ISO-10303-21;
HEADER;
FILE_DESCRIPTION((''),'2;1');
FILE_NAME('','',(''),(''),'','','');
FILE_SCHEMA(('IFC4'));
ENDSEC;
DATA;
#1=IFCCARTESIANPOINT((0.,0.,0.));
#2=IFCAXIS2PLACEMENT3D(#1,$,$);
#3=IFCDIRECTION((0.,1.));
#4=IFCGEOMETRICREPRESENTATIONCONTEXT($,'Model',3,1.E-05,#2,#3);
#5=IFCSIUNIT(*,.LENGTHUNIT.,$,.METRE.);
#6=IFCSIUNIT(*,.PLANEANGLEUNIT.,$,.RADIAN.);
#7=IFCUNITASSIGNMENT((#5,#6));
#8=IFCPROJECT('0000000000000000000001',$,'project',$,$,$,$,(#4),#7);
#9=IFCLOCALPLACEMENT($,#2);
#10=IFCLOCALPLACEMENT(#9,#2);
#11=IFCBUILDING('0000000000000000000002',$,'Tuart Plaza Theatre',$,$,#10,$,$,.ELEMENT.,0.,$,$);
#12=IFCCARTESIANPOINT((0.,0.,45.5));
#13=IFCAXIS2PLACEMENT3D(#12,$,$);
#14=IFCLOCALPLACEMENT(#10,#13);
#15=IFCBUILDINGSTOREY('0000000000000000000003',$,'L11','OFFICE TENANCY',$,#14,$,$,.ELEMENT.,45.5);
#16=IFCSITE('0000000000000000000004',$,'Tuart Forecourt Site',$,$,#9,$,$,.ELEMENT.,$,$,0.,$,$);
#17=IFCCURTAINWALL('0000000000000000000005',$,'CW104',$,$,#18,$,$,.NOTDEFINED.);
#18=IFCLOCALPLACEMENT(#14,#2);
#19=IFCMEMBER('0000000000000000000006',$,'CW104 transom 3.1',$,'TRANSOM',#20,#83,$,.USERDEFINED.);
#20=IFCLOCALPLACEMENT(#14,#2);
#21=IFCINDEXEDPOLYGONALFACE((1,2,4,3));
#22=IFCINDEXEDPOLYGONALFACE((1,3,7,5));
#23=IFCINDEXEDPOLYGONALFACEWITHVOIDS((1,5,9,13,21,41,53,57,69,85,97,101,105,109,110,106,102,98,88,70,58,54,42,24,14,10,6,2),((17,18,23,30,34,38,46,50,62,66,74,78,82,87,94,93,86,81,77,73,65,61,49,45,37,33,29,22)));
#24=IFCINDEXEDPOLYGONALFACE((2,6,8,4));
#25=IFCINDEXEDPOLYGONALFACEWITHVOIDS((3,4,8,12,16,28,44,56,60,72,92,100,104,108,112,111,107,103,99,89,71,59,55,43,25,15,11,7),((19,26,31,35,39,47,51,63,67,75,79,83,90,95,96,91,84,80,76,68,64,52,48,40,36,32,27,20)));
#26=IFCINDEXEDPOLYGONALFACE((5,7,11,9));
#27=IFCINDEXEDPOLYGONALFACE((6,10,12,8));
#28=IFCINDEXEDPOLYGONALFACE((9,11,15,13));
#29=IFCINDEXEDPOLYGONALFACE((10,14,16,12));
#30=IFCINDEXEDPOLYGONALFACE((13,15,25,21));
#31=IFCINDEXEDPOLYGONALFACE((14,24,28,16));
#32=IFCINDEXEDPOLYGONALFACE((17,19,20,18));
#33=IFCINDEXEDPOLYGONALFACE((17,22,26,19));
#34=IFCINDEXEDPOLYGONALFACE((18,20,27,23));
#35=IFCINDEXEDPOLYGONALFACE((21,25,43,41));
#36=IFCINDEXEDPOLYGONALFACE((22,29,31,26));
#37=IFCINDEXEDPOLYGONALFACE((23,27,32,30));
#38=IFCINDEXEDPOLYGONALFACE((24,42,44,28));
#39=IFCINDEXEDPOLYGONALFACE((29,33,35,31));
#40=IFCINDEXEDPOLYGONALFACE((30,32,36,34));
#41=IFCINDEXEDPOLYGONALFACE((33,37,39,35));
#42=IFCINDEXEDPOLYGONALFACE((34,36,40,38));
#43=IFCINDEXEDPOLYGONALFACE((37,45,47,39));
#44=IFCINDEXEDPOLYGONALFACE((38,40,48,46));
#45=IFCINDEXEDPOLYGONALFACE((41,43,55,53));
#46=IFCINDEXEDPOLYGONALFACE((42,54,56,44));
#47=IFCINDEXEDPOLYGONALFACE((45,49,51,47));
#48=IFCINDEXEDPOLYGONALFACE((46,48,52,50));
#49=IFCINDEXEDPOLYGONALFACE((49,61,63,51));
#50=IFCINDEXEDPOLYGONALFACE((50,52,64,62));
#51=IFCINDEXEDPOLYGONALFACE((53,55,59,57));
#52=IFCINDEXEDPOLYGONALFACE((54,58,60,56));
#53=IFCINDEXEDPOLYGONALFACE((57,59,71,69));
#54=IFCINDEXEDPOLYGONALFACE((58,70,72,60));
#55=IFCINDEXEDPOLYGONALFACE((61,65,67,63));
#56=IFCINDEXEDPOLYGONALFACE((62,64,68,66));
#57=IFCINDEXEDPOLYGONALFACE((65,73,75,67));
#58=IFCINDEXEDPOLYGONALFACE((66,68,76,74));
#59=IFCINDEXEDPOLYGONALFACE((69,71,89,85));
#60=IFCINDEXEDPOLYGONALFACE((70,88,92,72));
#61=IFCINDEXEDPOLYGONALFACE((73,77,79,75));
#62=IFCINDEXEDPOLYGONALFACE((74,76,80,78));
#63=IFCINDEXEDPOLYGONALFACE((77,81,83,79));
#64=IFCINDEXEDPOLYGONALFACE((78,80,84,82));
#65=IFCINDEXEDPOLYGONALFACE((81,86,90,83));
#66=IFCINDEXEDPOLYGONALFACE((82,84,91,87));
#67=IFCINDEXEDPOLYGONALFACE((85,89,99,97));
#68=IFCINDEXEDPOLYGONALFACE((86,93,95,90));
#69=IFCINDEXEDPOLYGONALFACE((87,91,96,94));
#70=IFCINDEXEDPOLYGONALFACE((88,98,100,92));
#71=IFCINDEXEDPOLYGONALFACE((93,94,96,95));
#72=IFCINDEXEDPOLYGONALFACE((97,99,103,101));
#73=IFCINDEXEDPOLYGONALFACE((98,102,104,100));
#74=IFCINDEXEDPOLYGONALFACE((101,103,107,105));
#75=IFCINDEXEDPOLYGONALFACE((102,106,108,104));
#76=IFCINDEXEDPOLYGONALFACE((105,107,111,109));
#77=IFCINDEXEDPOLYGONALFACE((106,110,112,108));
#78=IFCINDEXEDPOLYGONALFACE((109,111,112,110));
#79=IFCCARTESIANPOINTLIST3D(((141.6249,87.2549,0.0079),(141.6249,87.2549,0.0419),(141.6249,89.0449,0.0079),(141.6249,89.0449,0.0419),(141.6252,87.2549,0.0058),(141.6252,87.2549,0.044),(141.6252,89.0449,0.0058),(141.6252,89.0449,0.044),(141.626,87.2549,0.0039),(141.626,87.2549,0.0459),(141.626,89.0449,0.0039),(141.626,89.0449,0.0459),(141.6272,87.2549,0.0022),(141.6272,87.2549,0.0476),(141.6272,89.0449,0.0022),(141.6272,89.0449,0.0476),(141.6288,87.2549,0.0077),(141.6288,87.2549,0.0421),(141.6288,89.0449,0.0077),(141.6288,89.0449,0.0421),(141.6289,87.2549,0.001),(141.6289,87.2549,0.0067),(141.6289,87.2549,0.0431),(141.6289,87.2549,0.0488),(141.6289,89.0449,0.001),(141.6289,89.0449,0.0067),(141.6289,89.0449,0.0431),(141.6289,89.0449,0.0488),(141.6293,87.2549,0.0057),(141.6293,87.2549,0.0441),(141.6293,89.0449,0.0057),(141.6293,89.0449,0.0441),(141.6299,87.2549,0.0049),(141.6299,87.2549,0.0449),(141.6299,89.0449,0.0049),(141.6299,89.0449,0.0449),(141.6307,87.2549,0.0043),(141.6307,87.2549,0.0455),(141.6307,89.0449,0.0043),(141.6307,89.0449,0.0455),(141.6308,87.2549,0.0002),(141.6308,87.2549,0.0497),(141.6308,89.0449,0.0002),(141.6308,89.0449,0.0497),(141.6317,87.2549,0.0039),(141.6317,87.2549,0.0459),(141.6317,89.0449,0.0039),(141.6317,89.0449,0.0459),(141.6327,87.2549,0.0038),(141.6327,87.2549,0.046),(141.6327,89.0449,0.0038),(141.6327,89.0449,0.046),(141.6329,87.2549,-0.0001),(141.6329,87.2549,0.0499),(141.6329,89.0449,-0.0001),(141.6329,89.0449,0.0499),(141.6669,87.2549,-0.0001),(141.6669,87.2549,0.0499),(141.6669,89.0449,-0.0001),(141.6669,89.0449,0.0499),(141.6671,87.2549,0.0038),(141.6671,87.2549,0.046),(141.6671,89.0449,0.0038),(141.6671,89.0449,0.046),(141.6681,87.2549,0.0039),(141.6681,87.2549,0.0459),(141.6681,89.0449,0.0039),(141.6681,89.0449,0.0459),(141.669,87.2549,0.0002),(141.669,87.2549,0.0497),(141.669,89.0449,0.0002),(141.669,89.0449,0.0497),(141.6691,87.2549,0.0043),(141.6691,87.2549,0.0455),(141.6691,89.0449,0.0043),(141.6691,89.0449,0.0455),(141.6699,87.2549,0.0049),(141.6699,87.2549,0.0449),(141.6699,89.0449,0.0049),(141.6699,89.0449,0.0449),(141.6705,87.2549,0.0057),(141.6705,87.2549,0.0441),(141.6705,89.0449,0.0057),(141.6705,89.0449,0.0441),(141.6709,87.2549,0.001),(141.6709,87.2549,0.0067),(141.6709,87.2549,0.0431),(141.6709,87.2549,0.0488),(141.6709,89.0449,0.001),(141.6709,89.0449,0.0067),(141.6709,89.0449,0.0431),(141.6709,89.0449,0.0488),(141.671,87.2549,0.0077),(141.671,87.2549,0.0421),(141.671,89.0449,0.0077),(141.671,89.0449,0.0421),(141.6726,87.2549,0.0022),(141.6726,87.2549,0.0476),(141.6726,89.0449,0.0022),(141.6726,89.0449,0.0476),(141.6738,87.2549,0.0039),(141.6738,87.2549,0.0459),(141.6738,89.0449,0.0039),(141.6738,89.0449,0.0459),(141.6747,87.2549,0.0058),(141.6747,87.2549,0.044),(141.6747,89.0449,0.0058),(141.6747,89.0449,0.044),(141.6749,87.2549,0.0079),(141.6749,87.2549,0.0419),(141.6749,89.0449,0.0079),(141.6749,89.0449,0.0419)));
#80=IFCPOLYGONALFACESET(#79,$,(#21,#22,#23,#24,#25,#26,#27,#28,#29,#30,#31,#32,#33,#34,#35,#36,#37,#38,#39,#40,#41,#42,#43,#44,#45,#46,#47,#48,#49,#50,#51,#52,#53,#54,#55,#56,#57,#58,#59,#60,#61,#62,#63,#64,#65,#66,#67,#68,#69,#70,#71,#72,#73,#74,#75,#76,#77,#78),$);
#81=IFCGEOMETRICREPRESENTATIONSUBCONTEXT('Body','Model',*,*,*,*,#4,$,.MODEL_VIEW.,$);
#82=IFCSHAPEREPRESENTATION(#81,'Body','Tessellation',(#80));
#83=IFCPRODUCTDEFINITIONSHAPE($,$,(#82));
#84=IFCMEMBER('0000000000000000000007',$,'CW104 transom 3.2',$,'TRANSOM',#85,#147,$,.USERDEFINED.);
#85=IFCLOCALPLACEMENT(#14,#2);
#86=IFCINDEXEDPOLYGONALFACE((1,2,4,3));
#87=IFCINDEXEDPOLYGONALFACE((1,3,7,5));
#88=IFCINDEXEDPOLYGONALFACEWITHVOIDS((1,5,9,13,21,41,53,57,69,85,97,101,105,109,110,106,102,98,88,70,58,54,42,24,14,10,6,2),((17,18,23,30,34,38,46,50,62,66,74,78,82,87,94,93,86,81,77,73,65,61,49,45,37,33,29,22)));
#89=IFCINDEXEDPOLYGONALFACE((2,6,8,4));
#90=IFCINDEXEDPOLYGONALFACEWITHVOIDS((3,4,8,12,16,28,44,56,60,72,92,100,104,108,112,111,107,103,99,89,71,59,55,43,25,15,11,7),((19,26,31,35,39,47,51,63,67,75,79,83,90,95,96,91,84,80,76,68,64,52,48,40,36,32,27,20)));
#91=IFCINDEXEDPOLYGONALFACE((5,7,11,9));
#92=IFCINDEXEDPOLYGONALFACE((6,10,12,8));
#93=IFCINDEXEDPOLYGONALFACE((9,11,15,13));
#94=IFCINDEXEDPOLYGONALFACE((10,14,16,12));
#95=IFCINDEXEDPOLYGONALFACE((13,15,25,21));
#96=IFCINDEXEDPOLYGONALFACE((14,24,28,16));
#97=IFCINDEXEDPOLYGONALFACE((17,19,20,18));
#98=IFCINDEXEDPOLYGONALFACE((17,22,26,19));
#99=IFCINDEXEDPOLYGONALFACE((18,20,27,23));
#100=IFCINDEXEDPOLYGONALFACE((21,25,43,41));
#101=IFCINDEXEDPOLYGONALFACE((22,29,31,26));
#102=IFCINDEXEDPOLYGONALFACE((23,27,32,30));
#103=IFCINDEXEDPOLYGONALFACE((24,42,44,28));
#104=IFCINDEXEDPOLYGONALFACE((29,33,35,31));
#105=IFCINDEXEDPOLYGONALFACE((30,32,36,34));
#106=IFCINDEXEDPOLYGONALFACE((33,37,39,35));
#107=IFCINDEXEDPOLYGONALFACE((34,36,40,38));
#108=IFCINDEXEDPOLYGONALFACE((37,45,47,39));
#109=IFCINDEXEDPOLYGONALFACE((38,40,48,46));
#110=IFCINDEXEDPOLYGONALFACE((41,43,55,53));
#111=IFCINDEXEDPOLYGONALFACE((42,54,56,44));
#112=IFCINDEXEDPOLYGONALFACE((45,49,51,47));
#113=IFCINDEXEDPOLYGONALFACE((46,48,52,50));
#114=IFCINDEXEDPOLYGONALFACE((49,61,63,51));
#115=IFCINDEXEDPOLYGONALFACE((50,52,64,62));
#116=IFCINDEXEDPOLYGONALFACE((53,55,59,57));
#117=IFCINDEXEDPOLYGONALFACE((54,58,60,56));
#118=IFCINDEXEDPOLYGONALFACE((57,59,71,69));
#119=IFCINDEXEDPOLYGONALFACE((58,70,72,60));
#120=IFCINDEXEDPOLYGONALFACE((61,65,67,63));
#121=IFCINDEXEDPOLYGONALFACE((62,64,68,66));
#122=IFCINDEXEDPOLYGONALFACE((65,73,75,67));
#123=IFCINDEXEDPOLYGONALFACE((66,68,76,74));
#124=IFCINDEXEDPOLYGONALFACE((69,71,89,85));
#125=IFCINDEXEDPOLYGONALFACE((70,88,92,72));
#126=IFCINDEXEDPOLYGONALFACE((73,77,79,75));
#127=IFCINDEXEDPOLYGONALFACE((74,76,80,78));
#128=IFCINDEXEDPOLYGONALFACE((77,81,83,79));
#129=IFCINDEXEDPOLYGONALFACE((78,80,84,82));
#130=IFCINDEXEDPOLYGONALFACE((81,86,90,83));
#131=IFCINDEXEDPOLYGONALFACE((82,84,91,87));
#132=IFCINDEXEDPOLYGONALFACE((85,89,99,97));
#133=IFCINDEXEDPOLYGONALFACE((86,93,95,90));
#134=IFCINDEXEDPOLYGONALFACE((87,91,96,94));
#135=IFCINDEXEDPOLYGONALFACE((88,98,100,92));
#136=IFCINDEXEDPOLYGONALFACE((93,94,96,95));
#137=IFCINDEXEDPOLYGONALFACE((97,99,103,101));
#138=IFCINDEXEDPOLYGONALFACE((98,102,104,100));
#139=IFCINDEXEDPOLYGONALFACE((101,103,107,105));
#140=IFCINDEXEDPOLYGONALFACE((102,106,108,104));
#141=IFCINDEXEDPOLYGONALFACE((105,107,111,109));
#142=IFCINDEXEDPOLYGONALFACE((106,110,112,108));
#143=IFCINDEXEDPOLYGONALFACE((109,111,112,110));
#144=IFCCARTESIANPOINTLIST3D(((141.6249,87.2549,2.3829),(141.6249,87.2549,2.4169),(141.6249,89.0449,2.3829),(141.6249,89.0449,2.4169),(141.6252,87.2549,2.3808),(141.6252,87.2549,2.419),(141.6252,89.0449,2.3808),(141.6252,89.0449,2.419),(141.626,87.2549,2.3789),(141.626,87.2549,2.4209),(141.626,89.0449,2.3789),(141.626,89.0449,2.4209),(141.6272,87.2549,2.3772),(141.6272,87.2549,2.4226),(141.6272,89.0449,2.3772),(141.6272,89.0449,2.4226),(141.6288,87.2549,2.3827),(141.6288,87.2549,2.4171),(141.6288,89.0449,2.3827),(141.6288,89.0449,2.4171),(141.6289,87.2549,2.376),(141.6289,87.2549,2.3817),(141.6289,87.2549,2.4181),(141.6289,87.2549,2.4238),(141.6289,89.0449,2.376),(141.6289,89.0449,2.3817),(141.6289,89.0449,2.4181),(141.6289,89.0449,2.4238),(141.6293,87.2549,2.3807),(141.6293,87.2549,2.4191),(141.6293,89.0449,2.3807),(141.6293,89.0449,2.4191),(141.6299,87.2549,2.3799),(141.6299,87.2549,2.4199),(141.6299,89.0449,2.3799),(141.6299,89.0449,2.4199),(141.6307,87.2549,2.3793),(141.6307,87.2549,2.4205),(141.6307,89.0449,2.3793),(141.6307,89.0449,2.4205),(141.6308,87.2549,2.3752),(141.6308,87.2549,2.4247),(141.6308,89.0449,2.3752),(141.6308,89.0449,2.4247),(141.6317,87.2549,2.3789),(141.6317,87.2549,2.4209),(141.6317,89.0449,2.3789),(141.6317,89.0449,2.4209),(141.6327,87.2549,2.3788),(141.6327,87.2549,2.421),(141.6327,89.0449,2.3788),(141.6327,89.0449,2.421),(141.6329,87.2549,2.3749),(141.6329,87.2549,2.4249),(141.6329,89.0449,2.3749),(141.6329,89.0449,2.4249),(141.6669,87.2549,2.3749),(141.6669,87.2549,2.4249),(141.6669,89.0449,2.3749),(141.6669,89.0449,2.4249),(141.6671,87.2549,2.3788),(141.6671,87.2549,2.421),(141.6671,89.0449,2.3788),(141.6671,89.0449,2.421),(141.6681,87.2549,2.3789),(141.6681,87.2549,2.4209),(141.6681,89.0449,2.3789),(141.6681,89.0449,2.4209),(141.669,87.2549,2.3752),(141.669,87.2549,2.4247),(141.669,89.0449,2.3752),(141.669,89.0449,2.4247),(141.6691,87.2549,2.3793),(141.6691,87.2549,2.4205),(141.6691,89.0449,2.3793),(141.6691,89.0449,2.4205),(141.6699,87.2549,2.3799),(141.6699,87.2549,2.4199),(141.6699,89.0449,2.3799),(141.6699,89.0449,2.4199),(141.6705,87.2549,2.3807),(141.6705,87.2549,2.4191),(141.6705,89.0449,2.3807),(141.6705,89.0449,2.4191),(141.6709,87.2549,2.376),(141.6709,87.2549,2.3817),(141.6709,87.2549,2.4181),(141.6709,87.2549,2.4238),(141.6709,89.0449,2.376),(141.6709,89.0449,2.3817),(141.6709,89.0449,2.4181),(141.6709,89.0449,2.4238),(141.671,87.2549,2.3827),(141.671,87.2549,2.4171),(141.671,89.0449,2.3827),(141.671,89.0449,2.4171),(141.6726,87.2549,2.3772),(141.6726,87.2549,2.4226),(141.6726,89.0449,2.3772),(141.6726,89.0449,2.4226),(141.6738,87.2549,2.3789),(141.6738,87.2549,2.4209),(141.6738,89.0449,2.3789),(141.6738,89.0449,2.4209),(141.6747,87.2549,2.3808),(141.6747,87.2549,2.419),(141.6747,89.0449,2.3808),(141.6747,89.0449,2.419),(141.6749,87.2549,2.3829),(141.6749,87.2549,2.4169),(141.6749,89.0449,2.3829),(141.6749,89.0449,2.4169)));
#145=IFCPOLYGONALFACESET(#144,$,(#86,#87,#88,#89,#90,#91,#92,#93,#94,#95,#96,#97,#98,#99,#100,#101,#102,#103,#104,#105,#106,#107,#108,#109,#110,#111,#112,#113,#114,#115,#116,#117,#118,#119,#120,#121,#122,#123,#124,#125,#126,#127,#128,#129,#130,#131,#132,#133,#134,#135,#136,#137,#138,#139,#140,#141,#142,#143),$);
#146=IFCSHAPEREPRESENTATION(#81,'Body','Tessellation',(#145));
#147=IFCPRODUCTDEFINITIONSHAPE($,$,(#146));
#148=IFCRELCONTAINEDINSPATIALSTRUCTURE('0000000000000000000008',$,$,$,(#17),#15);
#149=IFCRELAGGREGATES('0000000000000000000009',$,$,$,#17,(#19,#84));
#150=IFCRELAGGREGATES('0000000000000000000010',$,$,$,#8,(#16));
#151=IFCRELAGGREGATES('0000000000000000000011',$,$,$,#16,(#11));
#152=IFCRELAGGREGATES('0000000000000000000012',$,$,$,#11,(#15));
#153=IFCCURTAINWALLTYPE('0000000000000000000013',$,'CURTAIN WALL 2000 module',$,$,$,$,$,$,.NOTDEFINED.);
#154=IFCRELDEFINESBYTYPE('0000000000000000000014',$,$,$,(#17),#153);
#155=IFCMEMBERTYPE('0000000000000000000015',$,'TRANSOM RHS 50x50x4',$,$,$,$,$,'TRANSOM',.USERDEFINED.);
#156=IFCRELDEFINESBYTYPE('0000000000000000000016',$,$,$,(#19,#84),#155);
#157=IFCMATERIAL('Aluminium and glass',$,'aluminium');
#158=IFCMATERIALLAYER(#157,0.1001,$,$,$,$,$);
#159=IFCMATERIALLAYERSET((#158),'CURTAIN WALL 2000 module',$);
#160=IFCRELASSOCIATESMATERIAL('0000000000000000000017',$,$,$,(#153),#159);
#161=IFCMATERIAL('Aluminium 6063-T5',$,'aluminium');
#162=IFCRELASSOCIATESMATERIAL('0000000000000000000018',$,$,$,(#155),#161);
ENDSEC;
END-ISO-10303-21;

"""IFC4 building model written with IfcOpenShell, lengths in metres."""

from ifc_helpers import new_model, si_unit, direction, frame, origin, origin_2d, place, context, subcontext, project, spatial, hollow_rectangle, extrude, material, layer, layer_set, material_profile, profile_set, type_object, element, aggregate, save


model = new_model("IFC4")

# Units and contexts
model_context = context("Model", 3, precision=1e-05, world=origin(), true_north=direction((0.0, 1.0)))
body_context = subcontext(model_context, "Body", "Model", "MODEL_VIEW")
ifc_project = project(units=[si_unit("LENGTHUNIT", "METRE"), si_unit("PLANEANGLEUNIT", "RADIAN")], contexts=[model_context])

# Site, building, storey
site_placement = place(None, origin())
site = spatial("IfcSite", under=ifc_project, at=site_placement, Name="Tuart Forecourt Site", CompositionType="ELEMENT", RefElevation=0.0)
building_placement = place(site_placement, origin())
building = spatial("IfcBuilding", under=site, at=building_placement, Name="Tuart Plaza Theatre", CompositionType="ELEMENT", ElevationOfRefHeight=0.0)
storey_placement = place(building_placement, frame((0.0, 0.0, 45.5)))
storey = spatial("IfcBuildingStorey", under=building, at=storey_placement, Name="L11", Description="OFFICE TENANCY", CompositionType="ELEMENT", Elevation=45.5)

# Curtain wall, members
ifc_material_1 = material(Name="Aluminium and glass", Category="aluminium")
ifc_layer_1 = layer(ifc_material_1, 0.1001)
ifc_layer_set_1 = layer_set([ifc_layer_1], Name="CURTAIN WALL 2000 module")
curtain_wall_type = type_object("IfcCurtainWallType", Name="CURTAIN WALL 2000 module", PredefinedType="NOTDEFINED", material=ifc_layer_set_1)
curtain_wall_placement = place(storey_placement, origin())
curtain_wall = element("IfcCurtainWall", 1, at=curtain_wall_placement, inside=storey, type_object=curtain_wall_type, Name="CW104", PredefinedType="NOTDEFINED")
ifc_material_2 = material(Name="Aluminium 6063-T5", Category="aluminium")
ifc_material_profile_1 = material_profile(ifc_material_2, hollow_rectangle(XDim=0.05, YDim=0.05, WallThickness=0.0039, InnerFilletRadius=0.0039, OuterFilletRadius=0.0081, at=origin_2d()), Name="RHS 50x50x4")
ifc_profile_set_1 = profile_set([ifc_material_profile_1], Name="Aluminium 6063-T5")
member_type_1 = type_object("IfcMemberType", Name="TRANSOM RHS 50x50x4", ElementType="TRANSOM", PredefinedType="USERDEFINED", material=ifc_profile_set_1)
member_1_placement = place(storey_placement, frame((141.6499, 87.2549, 0.0249), z_axis=(0.0, 1.0, 0.0), x_axis=(-1.0, 0.0, 0.0)))
member_1 = element("IfcMember", 2, at=member_1_placement, type_object=member_type_1, Name="CW104 transom 3.1", ObjectType="TRANSOM", PredefinedType="USERDEFINED", context=body_context, shape_type="SweptSolid", body=[
    extrude(hollow_rectangle(XDim=0.05, YDim=0.05, WallThickness=0.0039, InnerFilletRadius=0.0039, OuterFilletRadius=0.0081, at=origin_2d()), origin(), (0.0, 0.0, 1.0), 1.79),
])
member_2_placement = place(storey_placement, frame((141.6499, 87.2549, 2.3999), z_axis=(0.0, 1.0, 0.0), x_axis=(-1.0, 0.0, 0.0)))
member_2 = element("IfcMember", 3, at=member_2_placement, type_object=member_type_1, Name="CW104 transom 3.2", ObjectType="TRANSOM", PredefinedType="USERDEFINED", context=body_context, shape_type="SweptSolid", body=[
    extrude(hollow_rectangle(XDim=0.05, YDim=0.05, WallThickness=0.0039, InnerFilletRadius=0.0039, OuterFilletRadius=0.0081, at=origin_2d()), origin(), (0.0, 0.0, 1.0), 1.79),
])
aggregate(curtain_wall, [member_1, member_2])

save(model, "model.ifc")
